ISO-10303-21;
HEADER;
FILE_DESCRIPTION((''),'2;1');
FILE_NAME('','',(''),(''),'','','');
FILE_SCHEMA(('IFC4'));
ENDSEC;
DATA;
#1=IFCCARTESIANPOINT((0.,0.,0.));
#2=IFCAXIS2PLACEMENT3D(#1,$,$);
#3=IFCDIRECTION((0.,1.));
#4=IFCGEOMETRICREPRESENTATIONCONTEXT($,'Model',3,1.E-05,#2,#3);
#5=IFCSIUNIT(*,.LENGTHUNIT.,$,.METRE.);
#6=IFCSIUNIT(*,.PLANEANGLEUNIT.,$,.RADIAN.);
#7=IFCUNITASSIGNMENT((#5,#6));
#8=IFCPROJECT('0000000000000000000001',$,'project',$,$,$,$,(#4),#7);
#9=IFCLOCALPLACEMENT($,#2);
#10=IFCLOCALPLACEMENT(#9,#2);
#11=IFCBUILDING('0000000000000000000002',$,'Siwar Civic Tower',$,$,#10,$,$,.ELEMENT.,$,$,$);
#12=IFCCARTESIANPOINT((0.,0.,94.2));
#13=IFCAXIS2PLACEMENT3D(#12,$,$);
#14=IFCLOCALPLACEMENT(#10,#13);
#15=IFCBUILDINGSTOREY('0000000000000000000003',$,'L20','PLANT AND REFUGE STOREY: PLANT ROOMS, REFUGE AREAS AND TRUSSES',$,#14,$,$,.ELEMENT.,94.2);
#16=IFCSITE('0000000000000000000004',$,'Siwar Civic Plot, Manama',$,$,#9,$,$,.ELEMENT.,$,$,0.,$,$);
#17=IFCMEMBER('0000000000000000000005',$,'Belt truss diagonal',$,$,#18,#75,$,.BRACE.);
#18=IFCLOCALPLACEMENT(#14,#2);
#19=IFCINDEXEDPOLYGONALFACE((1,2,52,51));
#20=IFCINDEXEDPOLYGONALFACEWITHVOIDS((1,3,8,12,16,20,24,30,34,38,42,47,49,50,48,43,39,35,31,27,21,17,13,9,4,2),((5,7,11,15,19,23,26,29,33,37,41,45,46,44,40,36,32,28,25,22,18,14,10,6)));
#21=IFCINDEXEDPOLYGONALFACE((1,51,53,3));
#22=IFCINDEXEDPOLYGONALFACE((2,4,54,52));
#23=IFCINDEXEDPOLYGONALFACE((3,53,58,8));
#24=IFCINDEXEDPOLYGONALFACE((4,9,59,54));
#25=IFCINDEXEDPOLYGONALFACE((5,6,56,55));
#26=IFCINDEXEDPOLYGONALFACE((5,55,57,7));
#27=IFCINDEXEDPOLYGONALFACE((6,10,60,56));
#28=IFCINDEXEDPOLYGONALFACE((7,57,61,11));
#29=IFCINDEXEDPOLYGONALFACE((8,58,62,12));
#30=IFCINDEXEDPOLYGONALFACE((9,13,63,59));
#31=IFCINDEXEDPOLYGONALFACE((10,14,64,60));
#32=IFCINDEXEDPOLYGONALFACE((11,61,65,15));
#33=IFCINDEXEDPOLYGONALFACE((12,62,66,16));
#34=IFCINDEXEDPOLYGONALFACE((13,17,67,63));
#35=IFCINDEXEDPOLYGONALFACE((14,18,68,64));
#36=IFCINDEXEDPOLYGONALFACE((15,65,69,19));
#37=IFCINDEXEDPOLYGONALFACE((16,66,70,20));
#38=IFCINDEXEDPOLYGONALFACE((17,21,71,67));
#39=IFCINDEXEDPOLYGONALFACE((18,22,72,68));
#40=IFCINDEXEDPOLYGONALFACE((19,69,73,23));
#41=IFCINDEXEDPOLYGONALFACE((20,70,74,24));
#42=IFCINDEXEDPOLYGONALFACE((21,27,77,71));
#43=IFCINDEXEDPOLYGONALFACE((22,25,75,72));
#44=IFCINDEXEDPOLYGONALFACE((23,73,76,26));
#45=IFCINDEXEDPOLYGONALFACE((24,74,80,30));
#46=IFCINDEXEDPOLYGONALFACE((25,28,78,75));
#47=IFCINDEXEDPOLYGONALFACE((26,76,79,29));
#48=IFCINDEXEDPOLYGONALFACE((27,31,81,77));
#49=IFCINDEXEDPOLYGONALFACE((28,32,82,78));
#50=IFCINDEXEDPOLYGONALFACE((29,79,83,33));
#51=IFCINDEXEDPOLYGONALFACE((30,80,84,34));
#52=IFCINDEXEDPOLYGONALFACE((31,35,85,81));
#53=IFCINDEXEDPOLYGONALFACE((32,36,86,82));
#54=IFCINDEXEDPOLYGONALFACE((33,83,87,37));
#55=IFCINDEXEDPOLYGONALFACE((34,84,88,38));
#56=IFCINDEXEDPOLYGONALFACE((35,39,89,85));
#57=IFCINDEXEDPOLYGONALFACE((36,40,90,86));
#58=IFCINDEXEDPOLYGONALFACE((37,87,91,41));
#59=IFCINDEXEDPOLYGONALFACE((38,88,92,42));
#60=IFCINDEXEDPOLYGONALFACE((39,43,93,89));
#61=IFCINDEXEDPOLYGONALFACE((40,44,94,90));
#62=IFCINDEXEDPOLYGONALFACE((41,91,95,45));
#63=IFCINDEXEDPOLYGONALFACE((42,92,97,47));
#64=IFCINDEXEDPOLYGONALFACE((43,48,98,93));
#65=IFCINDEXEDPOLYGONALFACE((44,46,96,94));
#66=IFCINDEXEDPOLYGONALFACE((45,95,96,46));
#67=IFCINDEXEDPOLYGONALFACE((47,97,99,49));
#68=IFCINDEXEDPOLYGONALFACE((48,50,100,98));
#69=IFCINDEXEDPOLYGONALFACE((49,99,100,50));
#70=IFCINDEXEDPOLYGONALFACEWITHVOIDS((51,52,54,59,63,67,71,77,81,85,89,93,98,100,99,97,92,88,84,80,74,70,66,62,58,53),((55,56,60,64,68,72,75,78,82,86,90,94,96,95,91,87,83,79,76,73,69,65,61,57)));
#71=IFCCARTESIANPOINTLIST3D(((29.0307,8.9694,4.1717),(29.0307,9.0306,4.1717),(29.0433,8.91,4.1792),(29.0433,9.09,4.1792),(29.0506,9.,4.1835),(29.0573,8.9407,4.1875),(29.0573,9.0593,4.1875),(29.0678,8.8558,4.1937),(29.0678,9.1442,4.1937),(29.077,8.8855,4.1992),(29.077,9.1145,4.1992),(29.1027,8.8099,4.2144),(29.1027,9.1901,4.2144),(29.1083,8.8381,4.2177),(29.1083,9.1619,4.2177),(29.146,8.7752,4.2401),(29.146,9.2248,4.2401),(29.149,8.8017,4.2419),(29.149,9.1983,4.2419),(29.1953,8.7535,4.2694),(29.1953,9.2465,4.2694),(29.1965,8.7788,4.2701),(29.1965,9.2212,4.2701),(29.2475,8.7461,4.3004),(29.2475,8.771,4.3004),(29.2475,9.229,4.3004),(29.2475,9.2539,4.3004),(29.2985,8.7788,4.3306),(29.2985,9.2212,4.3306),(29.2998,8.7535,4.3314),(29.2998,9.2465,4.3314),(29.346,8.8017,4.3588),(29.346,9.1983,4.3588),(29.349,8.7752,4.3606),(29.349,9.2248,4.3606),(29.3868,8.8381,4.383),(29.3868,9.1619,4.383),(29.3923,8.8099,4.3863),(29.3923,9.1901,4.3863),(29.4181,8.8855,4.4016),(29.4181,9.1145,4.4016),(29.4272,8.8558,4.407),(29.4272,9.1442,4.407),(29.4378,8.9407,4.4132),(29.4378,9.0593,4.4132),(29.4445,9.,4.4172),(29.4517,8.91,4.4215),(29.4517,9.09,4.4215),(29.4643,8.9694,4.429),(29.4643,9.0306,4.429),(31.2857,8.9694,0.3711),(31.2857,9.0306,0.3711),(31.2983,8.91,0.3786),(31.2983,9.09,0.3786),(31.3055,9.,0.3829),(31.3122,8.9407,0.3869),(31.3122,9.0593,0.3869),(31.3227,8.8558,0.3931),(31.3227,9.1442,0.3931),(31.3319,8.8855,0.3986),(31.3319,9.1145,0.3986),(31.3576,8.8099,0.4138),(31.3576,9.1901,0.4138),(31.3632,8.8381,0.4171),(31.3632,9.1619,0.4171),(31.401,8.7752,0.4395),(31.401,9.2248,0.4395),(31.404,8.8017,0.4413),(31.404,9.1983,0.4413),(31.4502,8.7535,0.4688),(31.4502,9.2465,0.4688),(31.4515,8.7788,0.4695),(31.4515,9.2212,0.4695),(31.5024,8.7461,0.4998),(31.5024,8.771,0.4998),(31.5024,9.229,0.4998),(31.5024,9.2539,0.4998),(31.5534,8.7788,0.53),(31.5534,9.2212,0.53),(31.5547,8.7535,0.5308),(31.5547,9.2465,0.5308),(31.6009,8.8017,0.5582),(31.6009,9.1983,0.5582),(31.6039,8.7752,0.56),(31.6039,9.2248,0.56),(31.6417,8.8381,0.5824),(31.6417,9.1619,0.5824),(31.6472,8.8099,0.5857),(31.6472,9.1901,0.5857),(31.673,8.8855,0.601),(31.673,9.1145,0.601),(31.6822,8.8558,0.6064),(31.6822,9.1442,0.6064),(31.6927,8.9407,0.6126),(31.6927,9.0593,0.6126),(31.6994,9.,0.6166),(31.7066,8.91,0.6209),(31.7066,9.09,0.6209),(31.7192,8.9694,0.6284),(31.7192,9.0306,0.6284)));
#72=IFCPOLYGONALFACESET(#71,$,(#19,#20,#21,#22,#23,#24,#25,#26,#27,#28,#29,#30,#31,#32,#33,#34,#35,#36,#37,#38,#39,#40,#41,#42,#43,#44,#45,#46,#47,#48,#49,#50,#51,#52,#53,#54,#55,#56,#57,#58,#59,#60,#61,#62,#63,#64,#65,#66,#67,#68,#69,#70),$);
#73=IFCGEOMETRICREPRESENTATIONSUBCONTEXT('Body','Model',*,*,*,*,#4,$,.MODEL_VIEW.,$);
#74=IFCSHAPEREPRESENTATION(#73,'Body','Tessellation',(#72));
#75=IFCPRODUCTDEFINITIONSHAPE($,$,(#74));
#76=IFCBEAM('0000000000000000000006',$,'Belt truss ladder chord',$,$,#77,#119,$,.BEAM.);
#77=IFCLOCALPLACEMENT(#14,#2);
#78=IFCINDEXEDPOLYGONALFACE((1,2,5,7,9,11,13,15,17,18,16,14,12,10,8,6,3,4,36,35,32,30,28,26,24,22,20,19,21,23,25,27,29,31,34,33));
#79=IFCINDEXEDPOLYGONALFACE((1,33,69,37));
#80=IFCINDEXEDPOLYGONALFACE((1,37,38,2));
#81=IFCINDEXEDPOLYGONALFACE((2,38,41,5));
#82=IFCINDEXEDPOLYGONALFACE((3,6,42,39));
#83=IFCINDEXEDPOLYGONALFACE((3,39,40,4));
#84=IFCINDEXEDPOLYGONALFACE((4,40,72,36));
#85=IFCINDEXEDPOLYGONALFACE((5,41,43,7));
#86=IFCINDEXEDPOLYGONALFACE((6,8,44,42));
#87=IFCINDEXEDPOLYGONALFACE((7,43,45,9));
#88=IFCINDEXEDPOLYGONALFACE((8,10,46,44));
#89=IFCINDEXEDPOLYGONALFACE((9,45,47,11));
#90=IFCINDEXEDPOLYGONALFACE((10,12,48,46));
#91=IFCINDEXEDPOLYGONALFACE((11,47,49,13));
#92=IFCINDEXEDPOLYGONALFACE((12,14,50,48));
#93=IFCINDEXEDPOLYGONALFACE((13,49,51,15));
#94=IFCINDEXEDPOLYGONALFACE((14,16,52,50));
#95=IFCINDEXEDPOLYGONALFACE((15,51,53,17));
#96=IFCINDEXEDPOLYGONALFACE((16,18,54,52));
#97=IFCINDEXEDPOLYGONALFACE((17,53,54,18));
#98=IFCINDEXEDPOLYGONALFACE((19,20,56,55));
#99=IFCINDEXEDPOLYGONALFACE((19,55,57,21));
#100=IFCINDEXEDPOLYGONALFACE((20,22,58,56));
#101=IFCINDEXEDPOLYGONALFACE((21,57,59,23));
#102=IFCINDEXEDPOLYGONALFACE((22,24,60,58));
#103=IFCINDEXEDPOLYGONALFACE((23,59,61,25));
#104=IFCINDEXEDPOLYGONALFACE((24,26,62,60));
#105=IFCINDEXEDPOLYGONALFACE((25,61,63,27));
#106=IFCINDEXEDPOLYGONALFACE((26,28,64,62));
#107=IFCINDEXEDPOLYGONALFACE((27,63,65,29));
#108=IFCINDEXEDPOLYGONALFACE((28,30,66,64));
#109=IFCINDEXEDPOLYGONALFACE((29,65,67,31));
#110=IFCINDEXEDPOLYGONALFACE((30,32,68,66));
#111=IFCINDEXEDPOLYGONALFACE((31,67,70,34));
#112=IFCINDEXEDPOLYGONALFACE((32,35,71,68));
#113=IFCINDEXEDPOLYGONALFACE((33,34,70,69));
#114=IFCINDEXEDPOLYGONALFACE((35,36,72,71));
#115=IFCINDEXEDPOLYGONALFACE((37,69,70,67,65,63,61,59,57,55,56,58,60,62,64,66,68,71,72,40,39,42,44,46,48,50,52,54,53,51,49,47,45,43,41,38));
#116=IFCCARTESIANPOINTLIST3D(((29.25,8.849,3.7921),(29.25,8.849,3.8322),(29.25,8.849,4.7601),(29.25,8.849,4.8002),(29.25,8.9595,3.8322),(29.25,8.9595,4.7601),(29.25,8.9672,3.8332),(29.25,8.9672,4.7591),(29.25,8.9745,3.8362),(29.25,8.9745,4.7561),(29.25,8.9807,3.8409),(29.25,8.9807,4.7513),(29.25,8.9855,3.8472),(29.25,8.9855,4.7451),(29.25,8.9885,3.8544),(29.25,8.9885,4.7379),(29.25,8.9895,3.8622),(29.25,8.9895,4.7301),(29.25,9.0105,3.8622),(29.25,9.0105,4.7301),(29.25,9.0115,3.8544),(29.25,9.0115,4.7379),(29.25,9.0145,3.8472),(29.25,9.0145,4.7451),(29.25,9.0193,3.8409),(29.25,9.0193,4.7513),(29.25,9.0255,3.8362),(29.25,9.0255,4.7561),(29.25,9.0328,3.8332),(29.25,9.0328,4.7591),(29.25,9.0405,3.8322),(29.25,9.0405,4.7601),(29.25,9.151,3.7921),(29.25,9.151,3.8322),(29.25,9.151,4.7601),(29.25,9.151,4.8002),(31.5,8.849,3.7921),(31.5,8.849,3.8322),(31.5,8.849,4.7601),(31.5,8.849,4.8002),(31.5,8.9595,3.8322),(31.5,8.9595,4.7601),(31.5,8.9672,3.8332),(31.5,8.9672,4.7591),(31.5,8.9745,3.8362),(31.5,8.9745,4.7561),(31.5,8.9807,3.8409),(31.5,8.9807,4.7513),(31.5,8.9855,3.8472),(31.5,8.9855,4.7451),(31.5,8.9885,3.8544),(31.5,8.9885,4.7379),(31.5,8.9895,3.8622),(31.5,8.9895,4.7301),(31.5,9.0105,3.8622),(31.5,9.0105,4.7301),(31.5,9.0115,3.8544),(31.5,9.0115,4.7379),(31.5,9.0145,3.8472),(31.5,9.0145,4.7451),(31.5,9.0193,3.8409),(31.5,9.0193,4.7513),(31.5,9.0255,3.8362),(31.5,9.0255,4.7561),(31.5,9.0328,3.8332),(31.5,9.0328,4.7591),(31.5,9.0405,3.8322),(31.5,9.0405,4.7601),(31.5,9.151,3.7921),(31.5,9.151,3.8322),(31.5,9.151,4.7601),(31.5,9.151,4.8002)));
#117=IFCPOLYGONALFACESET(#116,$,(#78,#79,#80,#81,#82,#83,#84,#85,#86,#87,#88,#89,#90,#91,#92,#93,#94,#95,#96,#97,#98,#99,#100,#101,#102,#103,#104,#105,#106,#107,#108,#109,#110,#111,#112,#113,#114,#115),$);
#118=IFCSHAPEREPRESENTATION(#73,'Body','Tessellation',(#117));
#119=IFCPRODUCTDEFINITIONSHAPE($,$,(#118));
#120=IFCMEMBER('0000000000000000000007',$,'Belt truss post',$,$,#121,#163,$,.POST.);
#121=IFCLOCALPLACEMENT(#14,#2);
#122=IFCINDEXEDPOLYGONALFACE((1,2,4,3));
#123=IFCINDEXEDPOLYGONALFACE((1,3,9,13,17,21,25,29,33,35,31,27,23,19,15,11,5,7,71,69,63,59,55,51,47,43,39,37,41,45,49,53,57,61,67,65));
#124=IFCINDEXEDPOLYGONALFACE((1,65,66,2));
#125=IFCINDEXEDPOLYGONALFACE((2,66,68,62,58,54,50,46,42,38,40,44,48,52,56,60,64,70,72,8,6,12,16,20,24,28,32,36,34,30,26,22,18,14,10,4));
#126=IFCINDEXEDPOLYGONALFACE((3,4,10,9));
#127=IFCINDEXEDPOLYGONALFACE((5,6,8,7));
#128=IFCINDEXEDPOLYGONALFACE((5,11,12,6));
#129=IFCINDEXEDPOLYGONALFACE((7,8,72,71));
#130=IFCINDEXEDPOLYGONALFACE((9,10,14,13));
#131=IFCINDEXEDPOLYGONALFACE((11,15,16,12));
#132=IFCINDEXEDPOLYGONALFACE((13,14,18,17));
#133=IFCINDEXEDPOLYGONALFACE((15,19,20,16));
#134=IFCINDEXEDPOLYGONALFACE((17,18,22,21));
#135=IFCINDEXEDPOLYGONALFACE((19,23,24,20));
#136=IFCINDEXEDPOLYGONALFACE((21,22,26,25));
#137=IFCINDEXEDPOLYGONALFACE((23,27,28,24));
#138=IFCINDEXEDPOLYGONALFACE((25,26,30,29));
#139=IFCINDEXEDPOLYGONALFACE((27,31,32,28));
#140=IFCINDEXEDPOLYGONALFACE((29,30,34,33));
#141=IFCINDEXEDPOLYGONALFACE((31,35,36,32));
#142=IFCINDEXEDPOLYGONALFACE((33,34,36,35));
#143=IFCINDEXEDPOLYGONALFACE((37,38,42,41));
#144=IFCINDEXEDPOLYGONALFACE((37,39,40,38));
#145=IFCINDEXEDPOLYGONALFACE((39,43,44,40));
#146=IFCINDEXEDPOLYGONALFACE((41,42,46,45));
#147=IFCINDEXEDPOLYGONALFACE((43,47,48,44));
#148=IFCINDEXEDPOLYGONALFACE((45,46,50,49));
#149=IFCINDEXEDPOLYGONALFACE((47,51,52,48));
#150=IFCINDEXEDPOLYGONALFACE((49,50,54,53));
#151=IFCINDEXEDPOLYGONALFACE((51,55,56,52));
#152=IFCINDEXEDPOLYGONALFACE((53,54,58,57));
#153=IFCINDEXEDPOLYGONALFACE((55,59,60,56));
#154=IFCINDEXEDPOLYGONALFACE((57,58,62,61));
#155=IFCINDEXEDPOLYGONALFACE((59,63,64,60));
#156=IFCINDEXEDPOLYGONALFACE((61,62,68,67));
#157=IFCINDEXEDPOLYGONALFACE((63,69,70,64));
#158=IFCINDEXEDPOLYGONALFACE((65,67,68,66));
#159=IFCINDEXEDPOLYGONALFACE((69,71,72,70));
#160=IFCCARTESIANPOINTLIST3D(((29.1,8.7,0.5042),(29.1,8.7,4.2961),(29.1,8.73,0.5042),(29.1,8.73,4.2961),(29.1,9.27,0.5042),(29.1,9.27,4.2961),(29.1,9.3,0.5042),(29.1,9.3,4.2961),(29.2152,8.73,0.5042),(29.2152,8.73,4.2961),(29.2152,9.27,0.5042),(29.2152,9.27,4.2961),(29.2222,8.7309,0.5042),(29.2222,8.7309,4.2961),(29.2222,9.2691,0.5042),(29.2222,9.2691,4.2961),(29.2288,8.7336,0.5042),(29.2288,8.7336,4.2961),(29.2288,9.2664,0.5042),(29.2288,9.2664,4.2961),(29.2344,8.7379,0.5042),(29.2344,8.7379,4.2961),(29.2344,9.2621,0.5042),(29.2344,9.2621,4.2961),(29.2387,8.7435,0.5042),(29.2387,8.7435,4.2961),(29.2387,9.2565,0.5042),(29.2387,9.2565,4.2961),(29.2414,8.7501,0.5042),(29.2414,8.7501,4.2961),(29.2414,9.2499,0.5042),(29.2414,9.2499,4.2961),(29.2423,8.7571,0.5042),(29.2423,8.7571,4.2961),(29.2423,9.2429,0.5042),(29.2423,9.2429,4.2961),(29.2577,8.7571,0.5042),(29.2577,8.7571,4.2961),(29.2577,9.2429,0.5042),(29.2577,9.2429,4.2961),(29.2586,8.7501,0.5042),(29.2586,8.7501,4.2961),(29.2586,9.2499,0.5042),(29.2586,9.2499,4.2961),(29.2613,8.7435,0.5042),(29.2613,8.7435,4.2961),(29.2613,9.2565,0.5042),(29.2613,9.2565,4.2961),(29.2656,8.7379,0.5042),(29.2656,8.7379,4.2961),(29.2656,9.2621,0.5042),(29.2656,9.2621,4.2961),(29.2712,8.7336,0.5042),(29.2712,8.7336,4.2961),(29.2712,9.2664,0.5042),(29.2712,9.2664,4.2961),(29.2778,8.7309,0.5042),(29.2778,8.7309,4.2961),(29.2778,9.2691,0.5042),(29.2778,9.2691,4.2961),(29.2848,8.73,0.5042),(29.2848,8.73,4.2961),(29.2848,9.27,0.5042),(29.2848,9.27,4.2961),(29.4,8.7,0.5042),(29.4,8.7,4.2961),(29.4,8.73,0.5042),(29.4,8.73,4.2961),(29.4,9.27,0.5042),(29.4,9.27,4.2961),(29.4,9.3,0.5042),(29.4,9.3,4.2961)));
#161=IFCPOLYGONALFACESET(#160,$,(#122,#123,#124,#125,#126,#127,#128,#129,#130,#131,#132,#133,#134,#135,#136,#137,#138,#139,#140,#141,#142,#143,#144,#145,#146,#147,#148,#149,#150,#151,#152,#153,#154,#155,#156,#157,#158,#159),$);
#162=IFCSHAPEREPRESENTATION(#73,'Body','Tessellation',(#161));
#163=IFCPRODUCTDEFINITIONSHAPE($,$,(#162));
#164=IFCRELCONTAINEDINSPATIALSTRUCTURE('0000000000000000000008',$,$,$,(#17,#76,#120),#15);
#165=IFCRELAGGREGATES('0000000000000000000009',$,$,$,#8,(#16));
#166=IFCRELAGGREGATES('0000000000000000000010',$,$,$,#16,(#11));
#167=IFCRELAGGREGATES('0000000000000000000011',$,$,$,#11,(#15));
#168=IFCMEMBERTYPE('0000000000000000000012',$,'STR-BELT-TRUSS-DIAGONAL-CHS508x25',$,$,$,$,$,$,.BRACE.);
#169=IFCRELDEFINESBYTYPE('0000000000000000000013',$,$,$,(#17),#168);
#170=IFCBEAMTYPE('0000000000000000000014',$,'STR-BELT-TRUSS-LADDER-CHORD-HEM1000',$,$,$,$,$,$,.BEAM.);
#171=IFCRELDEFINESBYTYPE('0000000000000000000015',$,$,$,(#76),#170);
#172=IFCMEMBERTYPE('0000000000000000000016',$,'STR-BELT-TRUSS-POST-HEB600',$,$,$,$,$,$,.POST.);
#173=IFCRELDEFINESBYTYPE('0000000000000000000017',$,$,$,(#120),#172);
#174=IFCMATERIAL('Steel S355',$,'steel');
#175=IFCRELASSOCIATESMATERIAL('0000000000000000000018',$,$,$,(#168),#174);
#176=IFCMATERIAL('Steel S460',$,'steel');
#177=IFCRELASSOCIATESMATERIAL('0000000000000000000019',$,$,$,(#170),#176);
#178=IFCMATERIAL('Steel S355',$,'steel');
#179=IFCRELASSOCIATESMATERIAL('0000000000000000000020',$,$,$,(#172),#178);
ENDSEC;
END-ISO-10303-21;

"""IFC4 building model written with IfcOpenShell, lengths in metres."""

from ifc_helpers import new_model, si_unit, direction, frame, origin, origin_2d, place, context, subcontext, project, spatial, hollow_circle, i_section, extrude, material, material_profile, profile_set, type_object, element, save


model = new_model("IFC4")

# Units and contexts
model_context = context("Model", 3, precision=1e-05, world=origin(), true_north=direction((0.0, 1.0)))
body_context = subcontext(model_context, "Body", "Model", "MODEL_VIEW")
ifc_project = project(units=[si_unit("LENGTHUNIT", "METRE"), si_unit("PLANEANGLEUNIT", "RADIAN")], contexts=[model_context])

# Site, building, storey
site_placement = place(None, origin())
site = spatial("IfcSite", under=ifc_project, at=site_placement, Name="Siwar Civic Plot, Manama", CompositionType="ELEMENT", RefElevation=0.0)
building_placement = place(site_placement, origin())
building = spatial("IfcBuilding", under=site, at=building_placement, Name="Siwar Civic Tower", CompositionType="ELEMENT")
storey_placement = place(building_placement, frame((0.0, 0.0, 94.2)))
storey = spatial("IfcBuildingStorey", under=building, at=storey_placement, Name="L20", Description="PLANT AND REFUGE STOREY: PLANT ROOMS, REFUGE AREAS AND TRUSSES", CompositionType="ELEMENT", Elevation=94.2)

# Member
ifc_material_1 = material(Name="Steel S355", Category="steel")
ifc_material_profile_1 = material_profile(ifc_material_1, hollow_circle(Radius=0.2539, WallThickness=0.0249, at=origin_2d()), Name="CHS508x25")
ifc_profile_set_1 = profile_set([ifc_material_profile_1], Name="Steel S355")
member_type_1 = type_object("IfcMemberType", Name="STR-BELT-TRUSS-DIAGONAL-CHS508x25", PredefinedType="BRACE", material=ifc_profile_set_1)
member_1_placement = place(storey_placement, frame((31.5024, 9.0, 0.4998), z_axis=(-0.510257, 0.0, 0.860022), x_axis=(0.0, -1.0, 0.0)))
element("IfcMember", 1, at=member_1_placement, inside=storey, type_object=member_type_1, Name="Belt truss diagonal", PredefinedType="BRACE", context=body_context, shape_type="SweptSolid", body=[
    extrude(hollow_circle(Radius=0.2539, WallThickness=0.0249, at=origin_2d()), origin(), (0.0, 0.0, 1.0), 4.4192),
])

# Beam
ifc_material_2 = material(Name="Steel S460", Category="steel")
ifc_material_profile_2 = material_profile(ifc_material_2, i_section(OverallWidth=0.302, OverallDepth=1.0081, WebThickness=0.021, FlangeThickness=0.04, FilletRadius=0.03, at=origin_2d()), Name="HEM1000")
ifc_profile_set_2 = profile_set([ifc_material_profile_2], Name="Steel S460")
beam_type_1 = type_object("IfcBeamType", Name="STR-BELT-TRUSS-LADDER-CHORD-HEM1000", PredefinedType="BEAM", material=ifc_profile_set_2)
beam_placement = place(storey_placement, frame((29.25, 9.0, 4.2961), z_axis=(1.0, 0.0, 0.0), x_axis=(0.0, 1.0, 0.0)))
element("IfcBeam", 2, at=beam_placement, inside=storey, type_object=beam_type_1, Name="Belt truss ladder chord", PredefinedType="BEAM", context=body_context, shape_type="SweptSolid", body=[
    extrude(i_section(OverallWidth=0.302, OverallDepth=1.0081, WebThickness=0.021, FlangeThickness=0.04, FilletRadius=0.03, at=origin_2d()), origin(), (0.0, 0.0, 1.0), 2.25),
])

# Member
ifc_material_3 = material(Name="Steel S355", Category="steel")
ifc_material_profile_3 = material_profile(ifc_material_3, i_section(OverallWidth=0.3, OverallDepth=0.6001, WebThickness=0.0154, FlangeThickness=0.03, FilletRadius=0.0271, at=origin_2d()), Name="HEB600")
ifc_profile_set_3 = profile_set([ifc_material_profile_3], Name="Steel S355")
member_type_2 = type_object("IfcMemberType", Name="STR-BELT-TRUSS-POST-HEB600", PredefinedType="POST", material=ifc_profile_set_3)
for number, where, z_axis, x_axis, name in (
    (3, (29.25, 9.0, 0.5042), (0.0, 0.0, 1.0), (1.0, 0.0, 0.0), "Belt truss post"),
):
    element("IfcMember", number, at=place(storey_placement, frame(where, z_axis=z_axis, x_axis=x_axis)), inside=storey, type_object=member_type_2, Name=name, PredefinedType="POST", context=body_context, shape_type="SweptSolid", body=[
        extrude(i_section(OverallWidth=0.3, OverallDepth=0.6001, WebThickness=0.0154, FlangeThickness=0.03, FilletRadius=0.0271, at=origin_2d()), origin(), (0.0, 0.0, 1.0), 3.792),
    ])

save(model, "model.ifc")
